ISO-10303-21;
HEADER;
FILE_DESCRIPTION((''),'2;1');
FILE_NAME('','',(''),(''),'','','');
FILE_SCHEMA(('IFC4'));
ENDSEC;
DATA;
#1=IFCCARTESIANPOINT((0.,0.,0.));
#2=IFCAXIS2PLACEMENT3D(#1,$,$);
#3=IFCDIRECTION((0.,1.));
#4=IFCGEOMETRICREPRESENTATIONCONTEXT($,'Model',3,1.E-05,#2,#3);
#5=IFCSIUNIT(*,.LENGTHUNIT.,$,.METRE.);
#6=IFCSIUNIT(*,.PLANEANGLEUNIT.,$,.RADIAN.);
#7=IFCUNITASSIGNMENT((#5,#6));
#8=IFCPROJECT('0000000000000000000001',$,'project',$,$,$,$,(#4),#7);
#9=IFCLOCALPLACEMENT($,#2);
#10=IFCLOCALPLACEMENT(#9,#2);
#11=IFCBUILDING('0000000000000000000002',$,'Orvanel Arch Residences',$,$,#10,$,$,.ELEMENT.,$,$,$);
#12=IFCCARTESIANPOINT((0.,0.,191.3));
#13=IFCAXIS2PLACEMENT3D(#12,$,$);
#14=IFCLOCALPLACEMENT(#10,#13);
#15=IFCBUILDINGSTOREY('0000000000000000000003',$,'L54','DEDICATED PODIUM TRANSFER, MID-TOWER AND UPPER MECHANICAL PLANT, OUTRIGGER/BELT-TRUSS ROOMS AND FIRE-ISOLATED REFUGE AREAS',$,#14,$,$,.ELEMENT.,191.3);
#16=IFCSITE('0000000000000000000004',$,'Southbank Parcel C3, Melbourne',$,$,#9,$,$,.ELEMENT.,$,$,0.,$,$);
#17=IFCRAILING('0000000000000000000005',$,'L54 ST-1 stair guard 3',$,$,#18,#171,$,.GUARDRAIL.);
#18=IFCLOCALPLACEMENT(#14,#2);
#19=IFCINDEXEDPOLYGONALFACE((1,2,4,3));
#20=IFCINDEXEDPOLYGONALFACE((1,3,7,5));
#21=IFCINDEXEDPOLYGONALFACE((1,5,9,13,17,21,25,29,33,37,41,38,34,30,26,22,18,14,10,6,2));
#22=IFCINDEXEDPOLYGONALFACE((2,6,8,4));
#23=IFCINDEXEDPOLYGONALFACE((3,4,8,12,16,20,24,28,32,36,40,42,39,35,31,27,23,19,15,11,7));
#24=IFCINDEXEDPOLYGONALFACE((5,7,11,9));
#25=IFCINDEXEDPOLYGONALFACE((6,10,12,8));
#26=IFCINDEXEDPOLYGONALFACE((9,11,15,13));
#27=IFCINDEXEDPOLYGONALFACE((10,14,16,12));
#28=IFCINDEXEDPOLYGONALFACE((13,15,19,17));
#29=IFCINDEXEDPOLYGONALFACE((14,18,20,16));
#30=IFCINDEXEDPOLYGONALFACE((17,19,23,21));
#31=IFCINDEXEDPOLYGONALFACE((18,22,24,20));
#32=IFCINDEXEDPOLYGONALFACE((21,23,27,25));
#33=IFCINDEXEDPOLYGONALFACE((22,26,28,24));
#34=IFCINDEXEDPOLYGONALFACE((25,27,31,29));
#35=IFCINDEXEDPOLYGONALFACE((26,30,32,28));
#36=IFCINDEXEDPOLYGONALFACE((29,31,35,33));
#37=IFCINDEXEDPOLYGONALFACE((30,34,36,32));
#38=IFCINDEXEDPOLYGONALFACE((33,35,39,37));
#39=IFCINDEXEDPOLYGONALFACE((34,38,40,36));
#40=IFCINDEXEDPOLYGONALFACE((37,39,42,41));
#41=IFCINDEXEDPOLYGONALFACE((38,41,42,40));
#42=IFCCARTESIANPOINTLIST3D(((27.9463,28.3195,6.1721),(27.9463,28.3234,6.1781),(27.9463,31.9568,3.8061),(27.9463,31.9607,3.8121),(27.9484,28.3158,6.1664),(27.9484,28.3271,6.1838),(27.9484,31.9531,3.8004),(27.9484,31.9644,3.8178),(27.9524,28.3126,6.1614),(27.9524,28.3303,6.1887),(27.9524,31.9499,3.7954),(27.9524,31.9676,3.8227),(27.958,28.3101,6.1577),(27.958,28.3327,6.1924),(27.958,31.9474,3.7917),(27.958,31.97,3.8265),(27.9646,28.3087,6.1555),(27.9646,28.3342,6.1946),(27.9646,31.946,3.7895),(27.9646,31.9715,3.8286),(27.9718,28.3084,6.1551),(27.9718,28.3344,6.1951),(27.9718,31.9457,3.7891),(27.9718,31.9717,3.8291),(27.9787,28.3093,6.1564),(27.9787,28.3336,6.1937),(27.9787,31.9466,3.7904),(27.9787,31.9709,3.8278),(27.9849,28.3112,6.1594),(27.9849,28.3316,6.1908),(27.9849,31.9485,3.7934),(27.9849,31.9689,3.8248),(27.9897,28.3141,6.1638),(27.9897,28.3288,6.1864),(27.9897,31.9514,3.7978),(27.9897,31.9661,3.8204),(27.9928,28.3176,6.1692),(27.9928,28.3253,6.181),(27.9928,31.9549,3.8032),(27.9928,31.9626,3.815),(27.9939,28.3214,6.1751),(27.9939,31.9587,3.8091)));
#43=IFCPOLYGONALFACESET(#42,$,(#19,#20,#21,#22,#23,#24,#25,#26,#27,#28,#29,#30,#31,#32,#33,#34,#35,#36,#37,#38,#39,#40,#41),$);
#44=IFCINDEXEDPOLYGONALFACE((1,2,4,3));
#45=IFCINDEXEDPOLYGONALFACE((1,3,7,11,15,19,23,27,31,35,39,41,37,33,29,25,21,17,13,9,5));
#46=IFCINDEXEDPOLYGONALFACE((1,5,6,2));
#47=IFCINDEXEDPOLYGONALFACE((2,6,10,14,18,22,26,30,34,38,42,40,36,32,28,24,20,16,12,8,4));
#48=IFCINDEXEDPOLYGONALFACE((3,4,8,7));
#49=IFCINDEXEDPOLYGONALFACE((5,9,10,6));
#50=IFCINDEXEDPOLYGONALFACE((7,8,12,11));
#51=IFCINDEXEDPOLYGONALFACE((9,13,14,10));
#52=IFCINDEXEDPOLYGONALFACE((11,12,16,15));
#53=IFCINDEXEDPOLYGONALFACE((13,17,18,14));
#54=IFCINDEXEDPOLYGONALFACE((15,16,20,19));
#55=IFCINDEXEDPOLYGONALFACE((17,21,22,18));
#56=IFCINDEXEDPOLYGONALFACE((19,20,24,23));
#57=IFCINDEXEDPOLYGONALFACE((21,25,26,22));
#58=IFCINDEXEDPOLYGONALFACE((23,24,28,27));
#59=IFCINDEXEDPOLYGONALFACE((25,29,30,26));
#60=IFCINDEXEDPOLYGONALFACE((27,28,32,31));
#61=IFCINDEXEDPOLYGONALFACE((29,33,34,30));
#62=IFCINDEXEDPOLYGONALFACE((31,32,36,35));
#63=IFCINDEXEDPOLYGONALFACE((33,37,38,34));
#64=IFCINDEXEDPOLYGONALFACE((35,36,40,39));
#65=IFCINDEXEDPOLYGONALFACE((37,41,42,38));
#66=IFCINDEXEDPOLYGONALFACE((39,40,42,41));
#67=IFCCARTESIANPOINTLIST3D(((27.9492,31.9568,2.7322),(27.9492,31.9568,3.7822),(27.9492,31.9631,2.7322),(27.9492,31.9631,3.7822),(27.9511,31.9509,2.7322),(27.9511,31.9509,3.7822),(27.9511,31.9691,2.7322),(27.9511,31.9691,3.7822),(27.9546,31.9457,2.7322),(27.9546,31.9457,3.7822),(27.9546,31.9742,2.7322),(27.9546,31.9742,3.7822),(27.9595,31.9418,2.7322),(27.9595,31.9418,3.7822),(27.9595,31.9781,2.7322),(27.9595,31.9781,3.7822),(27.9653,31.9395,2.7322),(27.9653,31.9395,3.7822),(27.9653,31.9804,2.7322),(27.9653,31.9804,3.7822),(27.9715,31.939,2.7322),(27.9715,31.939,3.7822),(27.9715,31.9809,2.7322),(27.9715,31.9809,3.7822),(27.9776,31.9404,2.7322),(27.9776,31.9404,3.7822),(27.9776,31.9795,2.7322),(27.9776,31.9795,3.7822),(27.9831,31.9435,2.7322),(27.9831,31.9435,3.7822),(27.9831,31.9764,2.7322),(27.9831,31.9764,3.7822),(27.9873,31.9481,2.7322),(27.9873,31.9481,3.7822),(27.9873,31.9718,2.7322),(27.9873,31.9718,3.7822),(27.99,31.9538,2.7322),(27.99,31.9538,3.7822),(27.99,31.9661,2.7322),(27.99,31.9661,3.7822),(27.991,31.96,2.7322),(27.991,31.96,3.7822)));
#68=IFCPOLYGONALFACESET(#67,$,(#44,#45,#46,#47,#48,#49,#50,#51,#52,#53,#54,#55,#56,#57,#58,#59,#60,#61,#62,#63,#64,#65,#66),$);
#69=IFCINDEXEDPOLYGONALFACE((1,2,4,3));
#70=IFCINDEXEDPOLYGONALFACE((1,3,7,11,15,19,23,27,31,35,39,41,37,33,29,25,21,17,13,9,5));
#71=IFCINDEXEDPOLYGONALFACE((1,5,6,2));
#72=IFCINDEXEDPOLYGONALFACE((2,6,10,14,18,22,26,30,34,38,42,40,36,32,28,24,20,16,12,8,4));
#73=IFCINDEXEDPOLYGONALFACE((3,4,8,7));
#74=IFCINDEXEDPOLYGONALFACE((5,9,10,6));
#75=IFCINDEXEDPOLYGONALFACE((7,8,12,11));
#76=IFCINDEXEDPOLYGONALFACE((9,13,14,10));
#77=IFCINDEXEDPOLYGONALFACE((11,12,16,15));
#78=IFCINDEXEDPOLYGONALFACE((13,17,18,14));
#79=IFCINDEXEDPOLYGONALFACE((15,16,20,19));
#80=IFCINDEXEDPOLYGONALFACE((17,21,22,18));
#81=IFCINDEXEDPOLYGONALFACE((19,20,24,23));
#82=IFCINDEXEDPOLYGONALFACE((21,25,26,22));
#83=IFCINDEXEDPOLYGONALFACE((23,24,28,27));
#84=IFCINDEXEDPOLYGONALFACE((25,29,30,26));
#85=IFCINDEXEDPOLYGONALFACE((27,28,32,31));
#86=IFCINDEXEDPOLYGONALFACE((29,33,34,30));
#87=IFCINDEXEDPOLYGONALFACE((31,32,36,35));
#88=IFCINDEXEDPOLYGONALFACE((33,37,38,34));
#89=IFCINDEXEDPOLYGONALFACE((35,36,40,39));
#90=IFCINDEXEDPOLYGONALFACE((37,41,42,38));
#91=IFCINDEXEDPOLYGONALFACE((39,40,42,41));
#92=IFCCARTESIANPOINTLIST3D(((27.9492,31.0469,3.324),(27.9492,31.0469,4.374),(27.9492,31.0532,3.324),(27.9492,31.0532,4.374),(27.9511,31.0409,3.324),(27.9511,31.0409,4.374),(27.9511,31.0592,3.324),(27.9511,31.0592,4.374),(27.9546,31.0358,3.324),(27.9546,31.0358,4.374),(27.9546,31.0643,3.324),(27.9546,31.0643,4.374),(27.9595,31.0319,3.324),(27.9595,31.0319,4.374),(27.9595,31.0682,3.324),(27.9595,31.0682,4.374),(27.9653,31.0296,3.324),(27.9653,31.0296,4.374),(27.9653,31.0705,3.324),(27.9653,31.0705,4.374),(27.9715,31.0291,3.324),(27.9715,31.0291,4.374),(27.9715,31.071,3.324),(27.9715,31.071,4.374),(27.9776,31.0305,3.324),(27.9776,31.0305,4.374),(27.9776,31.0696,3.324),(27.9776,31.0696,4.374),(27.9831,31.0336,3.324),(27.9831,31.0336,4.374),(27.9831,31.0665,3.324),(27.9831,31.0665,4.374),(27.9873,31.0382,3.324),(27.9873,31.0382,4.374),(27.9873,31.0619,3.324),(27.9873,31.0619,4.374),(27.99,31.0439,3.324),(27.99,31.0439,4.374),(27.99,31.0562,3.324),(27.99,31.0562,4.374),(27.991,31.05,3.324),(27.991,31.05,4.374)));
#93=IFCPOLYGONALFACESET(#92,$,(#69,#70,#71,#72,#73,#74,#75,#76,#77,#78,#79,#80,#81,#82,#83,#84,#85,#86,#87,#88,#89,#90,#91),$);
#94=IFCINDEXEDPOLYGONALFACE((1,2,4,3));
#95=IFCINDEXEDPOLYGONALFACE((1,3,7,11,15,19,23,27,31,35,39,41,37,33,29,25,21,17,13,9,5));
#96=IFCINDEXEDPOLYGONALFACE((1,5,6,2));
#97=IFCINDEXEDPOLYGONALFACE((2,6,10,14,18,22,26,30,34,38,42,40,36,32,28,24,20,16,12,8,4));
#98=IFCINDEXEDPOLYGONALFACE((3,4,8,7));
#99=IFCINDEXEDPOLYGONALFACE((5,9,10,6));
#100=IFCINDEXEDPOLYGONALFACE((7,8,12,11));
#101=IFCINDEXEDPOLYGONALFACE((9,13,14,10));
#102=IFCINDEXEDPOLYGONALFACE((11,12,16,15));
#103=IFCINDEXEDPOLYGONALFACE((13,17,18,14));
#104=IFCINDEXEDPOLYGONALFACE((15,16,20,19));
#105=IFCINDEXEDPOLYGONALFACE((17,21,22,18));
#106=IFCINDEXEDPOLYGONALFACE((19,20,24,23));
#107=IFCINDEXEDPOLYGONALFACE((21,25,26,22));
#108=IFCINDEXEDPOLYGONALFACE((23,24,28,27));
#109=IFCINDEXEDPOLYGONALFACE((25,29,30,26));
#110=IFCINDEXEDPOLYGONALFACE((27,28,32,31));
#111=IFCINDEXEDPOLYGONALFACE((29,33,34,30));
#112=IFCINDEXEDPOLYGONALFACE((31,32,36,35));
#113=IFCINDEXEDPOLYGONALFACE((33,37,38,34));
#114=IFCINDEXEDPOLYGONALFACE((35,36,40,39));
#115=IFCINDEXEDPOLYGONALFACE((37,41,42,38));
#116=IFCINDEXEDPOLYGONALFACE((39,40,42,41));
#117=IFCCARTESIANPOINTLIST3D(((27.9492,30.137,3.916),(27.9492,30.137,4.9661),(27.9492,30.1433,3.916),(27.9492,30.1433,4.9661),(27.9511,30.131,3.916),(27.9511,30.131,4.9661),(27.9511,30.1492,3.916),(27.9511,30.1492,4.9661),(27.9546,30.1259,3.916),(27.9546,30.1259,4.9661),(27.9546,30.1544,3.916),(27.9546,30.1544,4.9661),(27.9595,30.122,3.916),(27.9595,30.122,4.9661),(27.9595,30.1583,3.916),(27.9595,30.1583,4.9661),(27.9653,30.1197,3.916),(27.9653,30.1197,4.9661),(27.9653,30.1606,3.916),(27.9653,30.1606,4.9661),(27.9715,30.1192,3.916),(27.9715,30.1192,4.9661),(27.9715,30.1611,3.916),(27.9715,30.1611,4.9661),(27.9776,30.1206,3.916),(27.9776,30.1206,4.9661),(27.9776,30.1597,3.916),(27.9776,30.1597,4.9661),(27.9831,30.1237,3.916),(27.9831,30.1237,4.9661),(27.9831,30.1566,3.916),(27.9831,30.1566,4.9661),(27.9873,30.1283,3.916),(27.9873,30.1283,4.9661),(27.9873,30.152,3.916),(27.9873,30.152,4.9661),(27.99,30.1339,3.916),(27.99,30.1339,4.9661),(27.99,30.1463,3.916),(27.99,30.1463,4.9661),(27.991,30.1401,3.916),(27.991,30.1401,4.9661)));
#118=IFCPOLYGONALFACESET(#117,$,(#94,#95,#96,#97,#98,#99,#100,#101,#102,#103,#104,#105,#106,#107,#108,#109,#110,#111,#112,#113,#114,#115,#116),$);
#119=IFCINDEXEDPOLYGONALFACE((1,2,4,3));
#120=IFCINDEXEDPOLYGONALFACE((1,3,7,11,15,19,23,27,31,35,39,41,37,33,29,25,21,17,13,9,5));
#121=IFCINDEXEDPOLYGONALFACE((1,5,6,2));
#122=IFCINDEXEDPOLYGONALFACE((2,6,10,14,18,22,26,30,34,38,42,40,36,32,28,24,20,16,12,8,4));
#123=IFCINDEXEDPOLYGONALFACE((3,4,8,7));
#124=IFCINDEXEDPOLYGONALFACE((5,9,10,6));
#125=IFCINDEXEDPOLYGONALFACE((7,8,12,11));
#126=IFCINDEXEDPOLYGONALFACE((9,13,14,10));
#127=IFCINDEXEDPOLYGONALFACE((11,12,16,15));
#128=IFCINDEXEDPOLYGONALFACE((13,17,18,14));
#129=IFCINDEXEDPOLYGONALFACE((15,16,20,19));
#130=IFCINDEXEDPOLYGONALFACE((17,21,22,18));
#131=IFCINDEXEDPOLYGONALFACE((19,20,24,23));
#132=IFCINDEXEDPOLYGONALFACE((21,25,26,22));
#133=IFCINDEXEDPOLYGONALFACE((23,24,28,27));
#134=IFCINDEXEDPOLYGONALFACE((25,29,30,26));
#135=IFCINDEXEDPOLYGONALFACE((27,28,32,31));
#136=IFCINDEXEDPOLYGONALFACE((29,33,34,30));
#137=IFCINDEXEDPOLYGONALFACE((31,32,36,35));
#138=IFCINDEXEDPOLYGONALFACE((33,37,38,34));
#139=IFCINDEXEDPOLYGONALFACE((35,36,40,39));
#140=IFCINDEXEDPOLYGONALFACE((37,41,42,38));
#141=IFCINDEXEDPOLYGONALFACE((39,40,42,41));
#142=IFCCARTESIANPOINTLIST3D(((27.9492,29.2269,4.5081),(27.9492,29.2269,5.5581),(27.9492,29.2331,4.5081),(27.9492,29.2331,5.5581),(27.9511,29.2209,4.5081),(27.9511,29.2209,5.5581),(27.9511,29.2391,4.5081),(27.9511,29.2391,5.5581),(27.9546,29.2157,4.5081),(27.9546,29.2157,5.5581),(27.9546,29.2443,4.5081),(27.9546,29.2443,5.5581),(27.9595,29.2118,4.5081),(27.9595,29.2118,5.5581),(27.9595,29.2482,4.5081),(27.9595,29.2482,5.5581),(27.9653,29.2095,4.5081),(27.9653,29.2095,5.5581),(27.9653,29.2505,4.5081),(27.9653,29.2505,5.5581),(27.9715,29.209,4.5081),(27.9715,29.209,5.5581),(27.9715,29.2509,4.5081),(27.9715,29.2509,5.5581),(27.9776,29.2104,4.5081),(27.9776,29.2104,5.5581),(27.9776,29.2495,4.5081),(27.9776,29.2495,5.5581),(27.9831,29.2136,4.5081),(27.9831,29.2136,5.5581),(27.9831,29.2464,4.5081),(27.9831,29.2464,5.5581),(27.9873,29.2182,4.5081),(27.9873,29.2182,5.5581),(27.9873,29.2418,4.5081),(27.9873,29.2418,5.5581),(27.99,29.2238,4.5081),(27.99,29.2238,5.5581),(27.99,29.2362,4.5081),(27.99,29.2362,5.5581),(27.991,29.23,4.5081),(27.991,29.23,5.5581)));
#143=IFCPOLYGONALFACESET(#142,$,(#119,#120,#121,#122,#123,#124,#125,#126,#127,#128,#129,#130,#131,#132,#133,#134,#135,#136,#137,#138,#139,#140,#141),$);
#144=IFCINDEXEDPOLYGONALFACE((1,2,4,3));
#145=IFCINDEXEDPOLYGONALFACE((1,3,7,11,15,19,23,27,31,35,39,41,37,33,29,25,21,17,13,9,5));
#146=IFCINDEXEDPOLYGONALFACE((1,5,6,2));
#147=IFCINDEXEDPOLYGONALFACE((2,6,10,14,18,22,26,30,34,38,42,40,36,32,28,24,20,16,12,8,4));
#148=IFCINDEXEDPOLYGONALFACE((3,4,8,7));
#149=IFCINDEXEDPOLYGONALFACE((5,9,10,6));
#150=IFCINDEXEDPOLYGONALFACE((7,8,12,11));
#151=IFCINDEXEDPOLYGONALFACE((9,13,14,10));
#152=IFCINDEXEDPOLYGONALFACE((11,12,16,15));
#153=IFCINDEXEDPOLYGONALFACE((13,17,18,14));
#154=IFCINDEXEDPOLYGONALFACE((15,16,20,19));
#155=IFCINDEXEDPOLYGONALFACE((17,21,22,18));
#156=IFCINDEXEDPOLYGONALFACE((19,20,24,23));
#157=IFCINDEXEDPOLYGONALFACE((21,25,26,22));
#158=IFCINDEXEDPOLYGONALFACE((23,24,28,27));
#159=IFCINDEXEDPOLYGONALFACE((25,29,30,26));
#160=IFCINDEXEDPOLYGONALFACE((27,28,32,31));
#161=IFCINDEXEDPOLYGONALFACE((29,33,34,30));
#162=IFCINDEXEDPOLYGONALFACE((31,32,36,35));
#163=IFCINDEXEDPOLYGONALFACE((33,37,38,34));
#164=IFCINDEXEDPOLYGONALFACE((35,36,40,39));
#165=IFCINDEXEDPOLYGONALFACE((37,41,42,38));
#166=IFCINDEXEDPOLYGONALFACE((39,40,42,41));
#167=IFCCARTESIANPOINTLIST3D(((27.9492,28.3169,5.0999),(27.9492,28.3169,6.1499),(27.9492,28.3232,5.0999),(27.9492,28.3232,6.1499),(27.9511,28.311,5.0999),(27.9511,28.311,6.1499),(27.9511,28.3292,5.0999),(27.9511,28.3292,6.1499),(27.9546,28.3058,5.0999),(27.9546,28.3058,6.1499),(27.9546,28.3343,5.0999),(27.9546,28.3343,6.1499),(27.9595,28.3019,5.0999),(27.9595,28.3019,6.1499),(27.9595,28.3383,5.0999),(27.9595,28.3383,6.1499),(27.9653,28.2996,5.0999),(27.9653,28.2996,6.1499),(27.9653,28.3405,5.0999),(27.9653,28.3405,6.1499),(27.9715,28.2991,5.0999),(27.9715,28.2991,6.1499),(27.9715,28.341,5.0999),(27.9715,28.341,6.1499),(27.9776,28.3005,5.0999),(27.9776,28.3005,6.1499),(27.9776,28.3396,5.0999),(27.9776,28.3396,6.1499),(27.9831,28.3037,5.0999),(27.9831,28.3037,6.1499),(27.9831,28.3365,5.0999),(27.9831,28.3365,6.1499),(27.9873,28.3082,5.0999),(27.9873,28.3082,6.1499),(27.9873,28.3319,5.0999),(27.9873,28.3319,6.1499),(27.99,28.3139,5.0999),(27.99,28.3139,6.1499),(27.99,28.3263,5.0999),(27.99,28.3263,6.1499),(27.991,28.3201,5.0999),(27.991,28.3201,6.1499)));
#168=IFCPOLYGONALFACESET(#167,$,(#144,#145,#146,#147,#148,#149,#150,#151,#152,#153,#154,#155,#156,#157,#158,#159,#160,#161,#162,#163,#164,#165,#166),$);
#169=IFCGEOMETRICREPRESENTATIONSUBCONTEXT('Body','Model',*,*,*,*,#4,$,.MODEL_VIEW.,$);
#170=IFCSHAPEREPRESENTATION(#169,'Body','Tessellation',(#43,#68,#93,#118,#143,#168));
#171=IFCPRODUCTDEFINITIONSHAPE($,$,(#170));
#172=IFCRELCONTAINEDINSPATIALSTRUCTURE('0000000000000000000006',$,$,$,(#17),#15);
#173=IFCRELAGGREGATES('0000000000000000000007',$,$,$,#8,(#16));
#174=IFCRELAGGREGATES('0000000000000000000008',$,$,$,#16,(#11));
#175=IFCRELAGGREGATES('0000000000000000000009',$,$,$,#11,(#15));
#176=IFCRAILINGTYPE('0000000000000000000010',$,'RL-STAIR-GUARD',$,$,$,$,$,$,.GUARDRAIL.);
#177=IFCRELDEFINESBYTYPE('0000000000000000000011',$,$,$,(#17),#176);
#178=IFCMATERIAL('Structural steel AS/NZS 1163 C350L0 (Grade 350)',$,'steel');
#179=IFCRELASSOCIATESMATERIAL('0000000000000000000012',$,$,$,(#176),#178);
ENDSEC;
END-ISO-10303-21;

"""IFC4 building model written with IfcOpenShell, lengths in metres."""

from ifc_helpers import new_model, si_unit, direction, frame, origin, origin_2d, place, context, subcontext, project, spatial, circle, extrude, material, type_object, element, save


model = new_model("IFC4")

# Units and contexts
model_context = context("Model", 3, precision=1e-05, world=origin(), true_north=direction((0.0, 1.0)))
body_context = subcontext(model_context, "Body", "Model", "MODEL_VIEW")
ifc_project = project(units=[si_unit("LENGTHUNIT", "METRE"), si_unit("PLANEANGLEUNIT", "RADIAN")], contexts=[model_context])

# Site, building, storey
site_placement = place(None, origin())
site = spatial("IfcSite", under=ifc_project, at=site_placement, Name="Southbank Parcel C3, Melbourne", CompositionType="ELEMENT", RefElevation=0.0)
building_placement = place(site_placement, origin())
building = spatial("IfcBuilding", under=site, at=building_placement, Name="Orvanel Arch Residences", CompositionType="ELEMENT")
storey_placement = place(building_placement, frame((0.0, 0.0, 191.3)))
storey = spatial("IfcBuildingStorey", under=building, at=storey_placement, Name="L54", Description="DEDICATED PODIUM TRANSFER, MID-TOWER AND UPPER MECHANICAL PLANT, OUTRIGGER/BELT-TRUSS ROOMS AND FIRE-ISOLATED REFUGE AREAS", CompositionType="ELEMENT", Elevation=191.3)

# Railing
ifc_material_1 = material(Name="Structural steel AS/NZS 1163 C350L0 (Grade 350)", Category="steel")
railing_type = type_object("IfcRailingType", Name="RL-STAIR-GUARD", PredefinedType="GUARDRAIL", material=ifc_material_1)
railing_1_placement = place(storey_placement, frame((27.97, 31.96, 2.7322)))
element("IfcRailing", 1, at=railing_1_placement, inside=storey, type_object=railing_type, Name="L54 ST-1 stair guard 3", PredefinedType="GUARDRAIL", context=body_context, shape_type="SweptSolid", body=[
    extrude(circle(Radius=0.0239, at=origin_2d()), frame((0.0, -0.0012, 1.0769), z_axis=(0.0, -0.83826, 0.545271), x_axis=(1.0, 0.0, 0.0)), (0.0, 0.0, 1.0), 4.3391),
    extrude(circle(Radius=0.021, at=origin_2d()), origin(), (0.0, 0.0, 1.0), 1.05),
    extrude(circle(Radius=0.021, at=origin_2d()), frame((0.0, -0.9099, 0.5918)), (0.0, 0.0, 1.0), 1.05),
    extrude(circle(Radius=0.021, at=origin_2d()), frame((0.0, -1.8198, 1.1838)), (0.0, 0.0, 1.0), 1.05),
    extrude(circle(Radius=0.021, at=origin_2d()), frame((0.0, -2.73, 1.7759)), (0.0, 0.0, 1.0), 1.05),
    extrude(circle(Radius=0.021, at=origin_2d()), frame((0.0, -3.6399, 2.3677)), (0.0, 0.0, 1.0), 1.05),
])

save(model, "model.ifc")
